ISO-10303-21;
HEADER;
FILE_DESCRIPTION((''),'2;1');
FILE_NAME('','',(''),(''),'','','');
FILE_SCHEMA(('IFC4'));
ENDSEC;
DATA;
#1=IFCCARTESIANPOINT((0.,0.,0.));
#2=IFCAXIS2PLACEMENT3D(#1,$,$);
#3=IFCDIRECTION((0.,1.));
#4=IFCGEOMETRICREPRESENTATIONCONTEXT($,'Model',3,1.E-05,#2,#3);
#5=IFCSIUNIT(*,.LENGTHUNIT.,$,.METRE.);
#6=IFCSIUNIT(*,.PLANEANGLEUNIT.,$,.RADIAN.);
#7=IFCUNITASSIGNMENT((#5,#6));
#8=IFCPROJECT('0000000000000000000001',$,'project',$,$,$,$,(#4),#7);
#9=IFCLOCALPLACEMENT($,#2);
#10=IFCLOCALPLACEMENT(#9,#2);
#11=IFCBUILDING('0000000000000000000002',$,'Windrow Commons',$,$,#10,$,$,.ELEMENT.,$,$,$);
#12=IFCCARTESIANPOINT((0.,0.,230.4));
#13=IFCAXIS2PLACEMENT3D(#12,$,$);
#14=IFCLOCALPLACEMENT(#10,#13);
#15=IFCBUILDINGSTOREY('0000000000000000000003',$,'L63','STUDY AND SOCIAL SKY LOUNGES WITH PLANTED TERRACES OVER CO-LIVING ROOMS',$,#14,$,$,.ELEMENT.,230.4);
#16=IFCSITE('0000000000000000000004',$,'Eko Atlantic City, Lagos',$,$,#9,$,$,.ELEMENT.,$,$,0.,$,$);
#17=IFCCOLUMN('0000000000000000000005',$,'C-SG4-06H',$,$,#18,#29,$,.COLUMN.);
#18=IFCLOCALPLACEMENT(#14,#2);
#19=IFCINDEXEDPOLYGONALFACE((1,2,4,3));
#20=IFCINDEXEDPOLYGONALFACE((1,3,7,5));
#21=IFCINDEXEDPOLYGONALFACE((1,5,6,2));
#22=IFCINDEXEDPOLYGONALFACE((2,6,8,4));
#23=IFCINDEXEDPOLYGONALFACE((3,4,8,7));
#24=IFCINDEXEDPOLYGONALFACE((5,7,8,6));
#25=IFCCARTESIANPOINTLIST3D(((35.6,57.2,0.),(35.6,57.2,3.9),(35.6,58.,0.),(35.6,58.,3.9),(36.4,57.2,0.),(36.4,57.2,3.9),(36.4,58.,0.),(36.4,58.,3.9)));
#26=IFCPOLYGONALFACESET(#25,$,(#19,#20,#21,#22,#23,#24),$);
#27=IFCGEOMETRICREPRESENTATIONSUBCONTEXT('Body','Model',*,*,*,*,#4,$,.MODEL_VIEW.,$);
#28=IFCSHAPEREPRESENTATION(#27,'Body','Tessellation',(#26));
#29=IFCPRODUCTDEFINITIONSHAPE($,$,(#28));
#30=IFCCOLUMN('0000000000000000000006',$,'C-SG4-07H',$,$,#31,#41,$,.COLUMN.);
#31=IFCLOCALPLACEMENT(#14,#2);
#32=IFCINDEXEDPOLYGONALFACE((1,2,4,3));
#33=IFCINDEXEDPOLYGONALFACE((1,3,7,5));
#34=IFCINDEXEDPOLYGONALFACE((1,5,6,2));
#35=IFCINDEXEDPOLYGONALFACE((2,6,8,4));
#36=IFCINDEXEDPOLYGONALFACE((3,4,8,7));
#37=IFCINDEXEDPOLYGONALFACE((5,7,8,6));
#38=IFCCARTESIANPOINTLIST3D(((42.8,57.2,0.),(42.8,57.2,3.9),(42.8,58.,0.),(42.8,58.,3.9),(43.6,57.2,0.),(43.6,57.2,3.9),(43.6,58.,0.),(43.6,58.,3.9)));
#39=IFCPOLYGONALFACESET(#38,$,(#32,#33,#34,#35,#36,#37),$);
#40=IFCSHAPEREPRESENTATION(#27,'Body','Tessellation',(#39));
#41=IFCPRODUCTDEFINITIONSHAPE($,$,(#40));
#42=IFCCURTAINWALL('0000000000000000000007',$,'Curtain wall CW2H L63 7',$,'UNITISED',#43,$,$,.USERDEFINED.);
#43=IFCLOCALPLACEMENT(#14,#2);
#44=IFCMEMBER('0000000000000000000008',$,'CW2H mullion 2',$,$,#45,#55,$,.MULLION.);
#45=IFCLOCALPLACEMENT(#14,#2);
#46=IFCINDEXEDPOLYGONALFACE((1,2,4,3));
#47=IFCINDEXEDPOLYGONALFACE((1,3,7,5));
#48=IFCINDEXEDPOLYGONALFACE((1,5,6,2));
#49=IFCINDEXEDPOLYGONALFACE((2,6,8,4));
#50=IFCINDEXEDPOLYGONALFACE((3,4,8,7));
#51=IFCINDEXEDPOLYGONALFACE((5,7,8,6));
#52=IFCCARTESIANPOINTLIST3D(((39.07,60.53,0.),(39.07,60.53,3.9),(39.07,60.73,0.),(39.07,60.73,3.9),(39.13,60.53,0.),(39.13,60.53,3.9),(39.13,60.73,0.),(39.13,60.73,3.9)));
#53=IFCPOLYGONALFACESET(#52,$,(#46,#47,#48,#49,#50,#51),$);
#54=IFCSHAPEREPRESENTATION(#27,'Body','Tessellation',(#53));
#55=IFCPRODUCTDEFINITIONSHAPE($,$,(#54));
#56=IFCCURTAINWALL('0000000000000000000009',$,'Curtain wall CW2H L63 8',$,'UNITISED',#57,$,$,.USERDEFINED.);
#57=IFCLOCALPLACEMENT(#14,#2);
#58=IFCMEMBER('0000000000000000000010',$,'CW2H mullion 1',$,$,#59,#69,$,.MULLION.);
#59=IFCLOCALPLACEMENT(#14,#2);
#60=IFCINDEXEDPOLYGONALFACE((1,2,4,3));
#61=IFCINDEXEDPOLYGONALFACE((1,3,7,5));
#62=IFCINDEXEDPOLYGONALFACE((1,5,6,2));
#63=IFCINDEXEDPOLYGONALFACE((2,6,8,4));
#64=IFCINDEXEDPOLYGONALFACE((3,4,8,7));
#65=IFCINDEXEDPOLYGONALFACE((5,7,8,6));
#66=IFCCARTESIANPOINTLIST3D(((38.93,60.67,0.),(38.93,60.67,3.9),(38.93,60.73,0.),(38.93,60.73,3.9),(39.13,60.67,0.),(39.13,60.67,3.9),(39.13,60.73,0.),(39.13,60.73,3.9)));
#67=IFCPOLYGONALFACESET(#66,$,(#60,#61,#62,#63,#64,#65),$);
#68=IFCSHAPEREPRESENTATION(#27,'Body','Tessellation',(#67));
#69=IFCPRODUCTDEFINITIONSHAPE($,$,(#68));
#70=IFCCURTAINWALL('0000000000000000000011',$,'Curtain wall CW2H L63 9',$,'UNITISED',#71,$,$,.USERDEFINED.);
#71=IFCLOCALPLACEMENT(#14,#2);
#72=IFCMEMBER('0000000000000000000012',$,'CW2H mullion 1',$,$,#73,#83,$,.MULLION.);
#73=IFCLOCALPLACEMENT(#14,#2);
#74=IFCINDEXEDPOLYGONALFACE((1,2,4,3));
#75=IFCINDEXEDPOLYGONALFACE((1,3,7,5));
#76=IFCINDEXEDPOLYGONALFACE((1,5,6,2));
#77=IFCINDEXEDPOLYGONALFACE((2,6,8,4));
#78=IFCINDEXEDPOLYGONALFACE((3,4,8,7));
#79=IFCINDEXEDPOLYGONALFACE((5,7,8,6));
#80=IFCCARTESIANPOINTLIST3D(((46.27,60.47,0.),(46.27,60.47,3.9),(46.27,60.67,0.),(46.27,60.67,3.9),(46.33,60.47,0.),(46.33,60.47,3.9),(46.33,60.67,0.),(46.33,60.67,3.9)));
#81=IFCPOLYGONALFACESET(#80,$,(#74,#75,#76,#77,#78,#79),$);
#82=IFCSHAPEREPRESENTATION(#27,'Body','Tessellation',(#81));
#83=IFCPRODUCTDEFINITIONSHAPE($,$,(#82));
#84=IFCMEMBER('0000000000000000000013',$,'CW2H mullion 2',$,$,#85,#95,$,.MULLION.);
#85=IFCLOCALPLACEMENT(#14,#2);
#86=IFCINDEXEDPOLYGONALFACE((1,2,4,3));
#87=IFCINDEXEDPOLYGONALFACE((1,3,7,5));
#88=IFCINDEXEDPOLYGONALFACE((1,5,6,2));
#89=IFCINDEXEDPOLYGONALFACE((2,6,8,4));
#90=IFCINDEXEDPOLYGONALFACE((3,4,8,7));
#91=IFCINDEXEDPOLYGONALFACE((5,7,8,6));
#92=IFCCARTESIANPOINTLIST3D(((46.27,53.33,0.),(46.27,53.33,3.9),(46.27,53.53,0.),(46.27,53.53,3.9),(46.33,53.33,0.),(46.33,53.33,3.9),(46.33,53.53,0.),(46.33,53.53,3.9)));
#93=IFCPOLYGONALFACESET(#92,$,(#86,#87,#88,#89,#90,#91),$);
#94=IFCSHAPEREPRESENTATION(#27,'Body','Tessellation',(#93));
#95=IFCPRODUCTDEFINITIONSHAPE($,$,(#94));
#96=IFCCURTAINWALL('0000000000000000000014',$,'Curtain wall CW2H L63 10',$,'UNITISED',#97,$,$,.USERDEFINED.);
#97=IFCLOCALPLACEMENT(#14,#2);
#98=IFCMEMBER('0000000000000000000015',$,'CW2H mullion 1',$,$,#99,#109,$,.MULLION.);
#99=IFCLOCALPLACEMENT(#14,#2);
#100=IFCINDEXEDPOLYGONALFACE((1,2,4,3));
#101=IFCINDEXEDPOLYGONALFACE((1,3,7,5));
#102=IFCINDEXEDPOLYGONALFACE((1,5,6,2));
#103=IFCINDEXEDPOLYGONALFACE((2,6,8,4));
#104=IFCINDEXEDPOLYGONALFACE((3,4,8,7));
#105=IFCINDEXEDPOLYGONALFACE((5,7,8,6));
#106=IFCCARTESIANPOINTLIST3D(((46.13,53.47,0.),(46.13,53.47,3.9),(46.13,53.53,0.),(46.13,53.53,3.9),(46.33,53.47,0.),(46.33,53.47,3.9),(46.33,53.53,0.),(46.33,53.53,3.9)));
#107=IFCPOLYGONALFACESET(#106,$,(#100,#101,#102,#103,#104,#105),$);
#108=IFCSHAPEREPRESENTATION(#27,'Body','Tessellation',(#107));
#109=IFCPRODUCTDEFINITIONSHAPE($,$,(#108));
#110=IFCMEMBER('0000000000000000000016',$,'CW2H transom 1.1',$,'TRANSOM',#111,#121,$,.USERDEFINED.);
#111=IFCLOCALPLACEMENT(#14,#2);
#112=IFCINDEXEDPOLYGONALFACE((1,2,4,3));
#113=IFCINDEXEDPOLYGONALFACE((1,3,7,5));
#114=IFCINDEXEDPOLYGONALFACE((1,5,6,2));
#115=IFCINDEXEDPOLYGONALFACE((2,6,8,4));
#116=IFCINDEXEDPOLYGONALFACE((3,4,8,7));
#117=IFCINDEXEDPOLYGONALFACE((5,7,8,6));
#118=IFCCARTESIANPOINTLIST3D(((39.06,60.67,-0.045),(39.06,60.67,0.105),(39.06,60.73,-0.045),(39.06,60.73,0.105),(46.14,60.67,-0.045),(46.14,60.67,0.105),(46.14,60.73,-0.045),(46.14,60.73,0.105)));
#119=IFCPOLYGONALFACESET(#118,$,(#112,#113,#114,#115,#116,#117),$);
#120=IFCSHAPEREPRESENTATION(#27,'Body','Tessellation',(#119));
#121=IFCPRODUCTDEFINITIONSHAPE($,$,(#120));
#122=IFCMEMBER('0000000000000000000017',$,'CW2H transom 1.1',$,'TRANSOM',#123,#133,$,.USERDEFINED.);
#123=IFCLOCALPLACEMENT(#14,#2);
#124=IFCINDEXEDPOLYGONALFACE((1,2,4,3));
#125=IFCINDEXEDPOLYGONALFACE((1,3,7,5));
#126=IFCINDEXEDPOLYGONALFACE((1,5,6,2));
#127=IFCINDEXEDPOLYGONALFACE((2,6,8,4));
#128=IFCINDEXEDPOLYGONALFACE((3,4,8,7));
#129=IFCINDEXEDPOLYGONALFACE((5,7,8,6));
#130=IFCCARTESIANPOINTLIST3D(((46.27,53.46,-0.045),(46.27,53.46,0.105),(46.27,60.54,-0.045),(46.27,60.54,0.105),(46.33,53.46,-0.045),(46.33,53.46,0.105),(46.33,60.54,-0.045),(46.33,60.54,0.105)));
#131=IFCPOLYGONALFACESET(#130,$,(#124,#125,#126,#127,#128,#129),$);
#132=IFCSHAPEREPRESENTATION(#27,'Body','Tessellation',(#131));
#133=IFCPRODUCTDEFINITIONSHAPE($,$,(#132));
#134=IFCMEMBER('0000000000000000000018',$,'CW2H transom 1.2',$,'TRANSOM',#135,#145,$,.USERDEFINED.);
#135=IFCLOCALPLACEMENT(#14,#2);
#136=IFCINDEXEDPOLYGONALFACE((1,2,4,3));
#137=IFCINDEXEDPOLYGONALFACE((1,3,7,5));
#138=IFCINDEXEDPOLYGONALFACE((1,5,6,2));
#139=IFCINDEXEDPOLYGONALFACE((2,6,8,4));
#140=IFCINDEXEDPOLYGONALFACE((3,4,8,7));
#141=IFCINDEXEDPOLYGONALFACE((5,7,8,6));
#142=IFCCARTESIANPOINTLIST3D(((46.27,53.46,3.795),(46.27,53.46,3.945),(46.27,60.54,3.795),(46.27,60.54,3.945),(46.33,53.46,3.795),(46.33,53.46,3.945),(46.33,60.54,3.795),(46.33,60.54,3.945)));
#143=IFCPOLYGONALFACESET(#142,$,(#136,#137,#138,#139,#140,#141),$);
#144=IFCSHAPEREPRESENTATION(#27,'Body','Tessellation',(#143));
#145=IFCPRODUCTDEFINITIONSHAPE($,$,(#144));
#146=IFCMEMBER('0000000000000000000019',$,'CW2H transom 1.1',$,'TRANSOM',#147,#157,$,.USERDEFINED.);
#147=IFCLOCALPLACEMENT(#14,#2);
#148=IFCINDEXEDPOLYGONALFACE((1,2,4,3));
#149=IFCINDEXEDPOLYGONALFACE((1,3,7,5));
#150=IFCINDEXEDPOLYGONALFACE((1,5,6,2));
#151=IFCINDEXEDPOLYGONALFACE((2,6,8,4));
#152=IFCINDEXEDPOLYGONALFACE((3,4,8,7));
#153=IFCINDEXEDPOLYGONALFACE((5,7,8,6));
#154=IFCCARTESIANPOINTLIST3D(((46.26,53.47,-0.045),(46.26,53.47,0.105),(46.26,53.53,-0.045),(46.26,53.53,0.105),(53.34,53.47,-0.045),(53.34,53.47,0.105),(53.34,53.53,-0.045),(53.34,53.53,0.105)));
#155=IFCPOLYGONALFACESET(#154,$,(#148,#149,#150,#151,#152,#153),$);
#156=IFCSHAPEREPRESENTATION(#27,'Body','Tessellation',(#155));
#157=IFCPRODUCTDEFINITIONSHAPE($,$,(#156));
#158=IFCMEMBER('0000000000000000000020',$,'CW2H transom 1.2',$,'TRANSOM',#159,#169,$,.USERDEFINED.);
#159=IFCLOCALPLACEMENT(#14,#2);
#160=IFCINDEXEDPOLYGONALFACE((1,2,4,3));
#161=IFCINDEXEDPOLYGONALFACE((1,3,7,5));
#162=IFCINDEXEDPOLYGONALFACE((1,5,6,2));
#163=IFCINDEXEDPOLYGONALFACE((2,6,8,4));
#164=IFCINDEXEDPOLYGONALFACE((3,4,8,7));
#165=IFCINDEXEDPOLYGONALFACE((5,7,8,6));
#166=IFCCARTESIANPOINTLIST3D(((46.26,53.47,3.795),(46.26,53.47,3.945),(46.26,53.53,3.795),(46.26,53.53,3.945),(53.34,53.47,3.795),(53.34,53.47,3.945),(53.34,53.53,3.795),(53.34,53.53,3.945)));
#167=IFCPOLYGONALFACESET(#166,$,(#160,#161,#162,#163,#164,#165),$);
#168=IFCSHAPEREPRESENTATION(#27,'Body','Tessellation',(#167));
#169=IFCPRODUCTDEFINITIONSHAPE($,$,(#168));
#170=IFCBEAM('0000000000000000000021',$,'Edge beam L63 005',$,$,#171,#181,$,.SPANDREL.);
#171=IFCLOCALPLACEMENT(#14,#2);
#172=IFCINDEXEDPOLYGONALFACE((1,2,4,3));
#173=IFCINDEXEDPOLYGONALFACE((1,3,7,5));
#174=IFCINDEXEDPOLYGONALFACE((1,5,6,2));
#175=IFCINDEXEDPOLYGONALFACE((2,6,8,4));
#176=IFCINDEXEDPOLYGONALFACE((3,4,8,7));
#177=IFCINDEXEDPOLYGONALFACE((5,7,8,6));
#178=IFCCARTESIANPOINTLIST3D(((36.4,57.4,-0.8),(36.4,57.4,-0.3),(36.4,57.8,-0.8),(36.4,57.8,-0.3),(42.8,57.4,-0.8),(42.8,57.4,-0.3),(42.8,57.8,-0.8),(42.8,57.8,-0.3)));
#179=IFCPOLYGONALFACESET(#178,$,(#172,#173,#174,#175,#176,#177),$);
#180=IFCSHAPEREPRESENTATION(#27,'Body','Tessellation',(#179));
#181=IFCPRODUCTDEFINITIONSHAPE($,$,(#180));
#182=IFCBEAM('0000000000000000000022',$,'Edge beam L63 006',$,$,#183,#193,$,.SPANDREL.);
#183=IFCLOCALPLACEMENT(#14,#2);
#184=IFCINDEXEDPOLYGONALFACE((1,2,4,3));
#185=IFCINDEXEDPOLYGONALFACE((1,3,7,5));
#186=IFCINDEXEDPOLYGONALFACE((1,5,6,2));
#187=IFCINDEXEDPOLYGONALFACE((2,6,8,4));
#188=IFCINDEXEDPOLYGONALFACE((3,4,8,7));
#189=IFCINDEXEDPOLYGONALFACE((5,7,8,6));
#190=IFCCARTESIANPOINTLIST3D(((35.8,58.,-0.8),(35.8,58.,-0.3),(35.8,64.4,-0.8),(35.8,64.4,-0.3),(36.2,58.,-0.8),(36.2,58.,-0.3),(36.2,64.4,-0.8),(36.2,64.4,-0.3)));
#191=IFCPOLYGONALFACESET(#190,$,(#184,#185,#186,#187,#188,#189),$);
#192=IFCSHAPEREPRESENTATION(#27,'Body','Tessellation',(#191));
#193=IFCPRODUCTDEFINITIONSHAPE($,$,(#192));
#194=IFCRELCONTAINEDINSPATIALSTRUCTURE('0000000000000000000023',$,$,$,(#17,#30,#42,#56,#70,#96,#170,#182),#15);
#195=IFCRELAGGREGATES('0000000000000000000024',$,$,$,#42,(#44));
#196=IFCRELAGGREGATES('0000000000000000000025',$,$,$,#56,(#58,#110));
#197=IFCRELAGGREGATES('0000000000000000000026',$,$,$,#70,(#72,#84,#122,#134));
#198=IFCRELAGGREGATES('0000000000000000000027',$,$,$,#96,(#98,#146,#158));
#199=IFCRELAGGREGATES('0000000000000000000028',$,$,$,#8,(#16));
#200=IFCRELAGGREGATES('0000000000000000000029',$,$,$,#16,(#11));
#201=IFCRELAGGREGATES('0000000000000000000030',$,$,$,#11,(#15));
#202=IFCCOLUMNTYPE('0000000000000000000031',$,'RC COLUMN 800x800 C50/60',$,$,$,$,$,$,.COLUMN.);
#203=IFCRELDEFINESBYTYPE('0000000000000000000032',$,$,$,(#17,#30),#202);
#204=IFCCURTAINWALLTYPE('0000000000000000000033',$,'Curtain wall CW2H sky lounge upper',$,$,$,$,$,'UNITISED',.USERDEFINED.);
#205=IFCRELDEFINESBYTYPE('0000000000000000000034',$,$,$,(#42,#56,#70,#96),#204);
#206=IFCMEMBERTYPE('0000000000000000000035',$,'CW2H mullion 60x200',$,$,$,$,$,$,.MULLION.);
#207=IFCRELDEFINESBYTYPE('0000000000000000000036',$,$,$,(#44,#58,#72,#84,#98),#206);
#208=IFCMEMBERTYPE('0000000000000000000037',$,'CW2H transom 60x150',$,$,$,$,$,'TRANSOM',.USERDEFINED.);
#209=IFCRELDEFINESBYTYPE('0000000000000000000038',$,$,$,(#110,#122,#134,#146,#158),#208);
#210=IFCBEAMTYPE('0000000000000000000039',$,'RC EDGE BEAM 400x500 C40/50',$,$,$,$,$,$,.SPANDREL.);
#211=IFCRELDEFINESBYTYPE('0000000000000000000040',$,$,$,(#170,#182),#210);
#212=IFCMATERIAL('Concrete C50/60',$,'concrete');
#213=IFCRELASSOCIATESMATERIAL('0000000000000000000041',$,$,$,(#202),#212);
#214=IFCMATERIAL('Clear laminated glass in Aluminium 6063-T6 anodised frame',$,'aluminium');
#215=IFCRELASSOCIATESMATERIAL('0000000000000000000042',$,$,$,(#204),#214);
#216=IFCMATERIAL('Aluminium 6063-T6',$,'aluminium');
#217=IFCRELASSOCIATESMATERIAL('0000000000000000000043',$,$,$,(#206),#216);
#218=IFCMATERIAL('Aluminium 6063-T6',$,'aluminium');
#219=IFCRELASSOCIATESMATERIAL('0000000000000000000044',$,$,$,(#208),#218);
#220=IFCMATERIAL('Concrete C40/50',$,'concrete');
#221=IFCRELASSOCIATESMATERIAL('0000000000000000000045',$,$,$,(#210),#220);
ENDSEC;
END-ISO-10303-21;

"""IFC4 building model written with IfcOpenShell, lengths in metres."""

from ifc_helpers import new_model, si_unit, direction, frame, origin, origin_2d, place, context, subcontext, project, spatial, rectangle, extrude, material, material_profile, profile_set, type_object, element, aggregate, save


model = new_model("IFC4")

# Units and contexts
model_context = context("Model", 3, precision=1e-05, world=origin(), true_north=direction((0.0, 1.0)))
body_context = subcontext(model_context, "Body", "Model", "MODEL_VIEW")
ifc_project = project(units=[si_unit("LENGTHUNIT", "METRE"), si_unit("PLANEANGLEUNIT", "RADIAN")], contexts=[model_context])

# Site, building, storey
site_placement = place(None, origin())
site = spatial("IfcSite", under=ifc_project, at=site_placement, Name="Eko Atlantic City, Lagos", CompositionType="ELEMENT", RefElevation=0.0)
building_placement = place(site_placement, origin())
building = spatial("IfcBuilding", under=site, at=building_placement, Name="Windrow Commons", CompositionType="ELEMENT")
storey_placement = place(building_placement, frame((0.0, 0.0, 230.4)))
storey = spatial("IfcBuildingStorey", under=building, at=storey_placement, Name="L63", Description="STUDY AND SOCIAL SKY LOUNGES WITH PLANTED TERRACES OVER CO-LIVING ROOMS", CompositionType="ELEMENT", Elevation=230.4)

# Columns
ifc_material_1 = material(Name="Concrete C50/60", Category="concrete")
ifc_material_profile_1 = material_profile(ifc_material_1, rectangle(XDim=0.8, YDim=0.8, at=origin_2d()))
ifc_profile_set_1 = profile_set([ifc_material_profile_1], Name="Concrete C50/60")
column_type = type_object("IfcColumnType", Name="RC COLUMN 800x800 C50/60", PredefinedType="COLUMN", material=ifc_profile_set_1)
for number, where, z_axis, x_axis, name in (
    (1, (36.0, 57.6, 0.0), (0.0, 0.0, 1.0), (1.0, 0.0, 0.0), "C-SG4-06H"),
    (2, (43.2, 57.6, 0.0), (0.0, 0.0, 1.0), (1.0, 0.0, 0.0), "C-SG4-07H"),
):
    element("IfcColumn", number, at=place(storey_placement, frame(where, z_axis=z_axis, x_axis=x_axis)), inside=storey, type_object=column_type, Name=name, PredefinedType="COLUMN", context=body_context, shape_type="SweptSolid", body=[
        extrude(rectangle(XDim=0.8, YDim=0.8, at=origin_2d()), origin(), (0.0, 0.0, 1.0), 3.9),
    ])

# Curtain walls, members
ifc_material_2 = material(Name="Clear laminated glass in Aluminium 6063-T6 anodised frame", Category="aluminium")
curtain_wall_type = type_object("IfcCurtainWallType", Name="Curtain wall CW2H sky lounge upper", ElementType="UNITISED", PredefinedType="USERDEFINED", material=ifc_material_2)
placement = place(storey_placement, origin())
curtain_wall_1 = element("IfcCurtainWall", 3, at=placement, inside=storey, type_object=curtain_wall_type, Name="Curtain wall CW2H L63 7", ObjectType="UNITISED", PredefinedType="USERDEFINED")
ifc_material_3 = material(Name="Aluminium 6063-T6", Category="aluminium")
ifc_material_profile_2 = material_profile(ifc_material_3, rectangle(XDim=0.06, YDim=0.2, at=origin_2d()))
ifc_profile_set_2 = profile_set([ifc_material_profile_2], Name="Aluminium 6063-T6")
member_type_1 = type_object("IfcMemberType", Name="CW2H mullion 60x200", PredefinedType="MULLION", material=ifc_profile_set_2)
member_1_placement = place(storey_placement, frame((39.1, 60.63, 0.0), z_axis=(0.0, 0.0, 1.0), x_axis=(1.0, 0.0, 0.0)))
member_1 = element("IfcMember", 4, at=member_1_placement, type_object=member_type_1, Name="CW2H mullion 2", PredefinedType="MULLION", context=body_context, shape_type="SweptSolid", body=[
    extrude(rectangle(XDim=0.06, YDim=0.2, at=origin_2d()), origin(), (0.0, 0.0, 1.0), 3.9),
])
aggregate(curtain_wall_1, [member_1])
curtain_wall_2 = element("IfcCurtainWall", 5, at=placement, inside=storey, type_object=curtain_wall_type, Name="Curtain wall CW2H L63 8", ObjectType="UNITISED", PredefinedType="USERDEFINED")
member_2_placement = place(storey_placement, frame((39.03, 60.7, 0.0), z_axis=(0.0, 0.0, 1.0), x_axis=(0.0, 1.0, 0.0)))
member_2 = element("IfcMember", 6, at=member_2_placement, type_object=member_type_1, Name="CW2H mullion 1", PredefinedType="MULLION", context=body_context, shape_type="SweptSolid", body=[
    extrude(rectangle(XDim=0.06, YDim=0.2, at=origin_2d()), origin(), (0.0, 0.0, 1.0), 3.9),
])

# Curtain wall, members
curtain_wall_3 = element("IfcCurtainWall", 7, at=placement, inside=storey, type_object=curtain_wall_type, Name="Curtain wall CW2H L63 9", ObjectType="UNITISED", PredefinedType="USERDEFINED")
member_3_placement = place(storey_placement, frame((46.3, 60.57, 0.0), z_axis=(0.0, 0.0, 1.0), x_axis=(1.0, 0.0, 0.0)))
member_3 = element("IfcMember", 8, at=member_3_placement, type_object=member_type_1, Name="CW2H mullion 1", PredefinedType="MULLION", context=body_context, shape_type="SweptSolid", body=[
    extrude(rectangle(XDim=0.06, YDim=0.2, at=origin_2d()), origin(), (0.0, 0.0, 1.0), 3.9),
])
member_4_placement = place(storey_placement, frame((46.3, 53.43, 0.0), z_axis=(0.0, 0.0, 1.0), x_axis=(1.0, 0.0, 0.0)))
member_4 = element("IfcMember", 9, at=member_4_placement, type_object=member_type_1, Name="CW2H mullion 2", PredefinedType="MULLION", context=body_context, shape_type="SweptSolid", body=[
    extrude(rectangle(XDim=0.06, YDim=0.2, at=origin_2d()), origin(), (0.0, 0.0, 1.0), 3.9),
])

# Curtain wall, member
curtain_wall_4 = element("IfcCurtainWall", 10, at=placement, inside=storey, type_object=curtain_wall_type, Name="Curtain wall CW2H L63 10", ObjectType="UNITISED", PredefinedType="USERDEFINED")
member_5_placement = place(storey_placement, frame((46.23, 53.5, 0.0), z_axis=(0.0, 0.0, 1.0), x_axis=(0.0, 1.0, 0.0)))
member_5 = element("IfcMember", 11, at=member_5_placement, type_object=member_type_1, Name="CW2H mullion 1", PredefinedType="MULLION", context=body_context, shape_type="SweptSolid", body=[
    extrude(rectangle(XDim=0.06, YDim=0.2, at=origin_2d()), origin(), (0.0, 0.0, 1.0), 3.9),
])

# Members
ifc_material_4 = material(Name="Aluminium 6063-T6", Category="aluminium")
ifc_material_profile_3 = material_profile(ifc_material_4, rectangle(XDim=0.06, YDim=0.15, at=origin_2d()))
ifc_profile_set_3 = profile_set([ifc_material_profile_3], Name="Aluminium 6063-T6")
member_type_2 = type_object("IfcMemberType", Name="CW2H transom 60x150", ElementType="TRANSOM", PredefinedType="USERDEFINED", material=ifc_profile_set_3)
member_6_placement = place(storey_placement, frame((39.06, 60.7, 0.03), z_axis=(1.0, 0.0, 0.0), x_axis=(0.0, 1.0, 0.0)))
member_6 = element("IfcMember", 12, at=member_6_placement, type_object=member_type_2, Name="CW2H transom 1.1", ObjectType="TRANSOM", PredefinedType="USERDEFINED", context=body_context, shape_type="SweptSolid", body=[
    extrude(rectangle(XDim=0.06, YDim=0.15, at=origin_2d()), origin(), (0.0, 0.0, 1.0), 7.08),
])
aggregate(curtain_wall_2, [member_2, member_6])
member_7_placement = place(storey_placement, frame((46.3, 60.54, 0.03), z_axis=(0.0, -1.0, 0.0), x_axis=(1.0, 0.0, 0.0)))
member_7 = element("IfcMember", 13, at=member_7_placement, type_object=member_type_2, Name="CW2H transom 1.1", ObjectType="TRANSOM", PredefinedType="USERDEFINED", context=body_context, shape_type="SweptSolid", body=[
    extrude(rectangle(XDim=0.06, YDim=0.15, at=origin_2d()), origin(), (0.0, 0.0, 1.0), 7.08),
])
member_8_placement = place(storey_placement, frame((46.3, 60.54, 3.87), z_axis=(0.0, -1.0, 0.0), x_axis=(1.0, 0.0, 0.0)))
member_8 = element("IfcMember", 14, at=member_8_placement, type_object=member_type_2, Name="CW2H transom 1.2", ObjectType="TRANSOM", PredefinedType="USERDEFINED", context=body_context, shape_type="SweptSolid", body=[
    extrude(rectangle(XDim=0.06, YDim=0.15, at=origin_2d()), origin(), (0.0, 0.0, 1.0), 7.08),
])
member_9_placement = place(storey_placement, frame((46.26, 53.5, 0.03), z_axis=(1.0, 0.0, 0.0), x_axis=(0.0, 1.0, 0.0)))
member_9 = element("IfcMember", 15, at=member_9_placement, type_object=member_type_2, Name="CW2H transom 1.1", ObjectType="TRANSOM", PredefinedType="USERDEFINED", context=body_context, shape_type="SweptSolid", body=[
    extrude(rectangle(XDim=0.06, YDim=0.15, at=origin_2d()), origin(), (0.0, 0.0, 1.0), 7.08),
])
member_10_placement = place(storey_placement, frame((46.26, 53.5, 3.87), z_axis=(1.0, 0.0, 0.0), x_axis=(0.0, 1.0, 0.0)))
member_10 = element("IfcMember", 16, at=member_10_placement, type_object=member_type_2, Name="CW2H transom 1.2", ObjectType="TRANSOM", PredefinedType="USERDEFINED", context=body_context, shape_type="SweptSolid", body=[
    extrude(rectangle(XDim=0.06, YDim=0.15, at=origin_2d()), origin(), (0.0, 0.0, 1.0), 7.08),
])

# Beams
ifc_material_5 = material(Name="Concrete C40/50", Category="concrete")
ifc_material_profile_4 = material_profile(ifc_material_5, rectangle(XDim=0.4, YDim=0.5, at=origin_2d()))
ifc_profile_set_4 = profile_set([ifc_material_profile_4], Name="Concrete C40/50")
beam_type = type_object("IfcBeamType", Name="RC EDGE BEAM 400x500 C40/50", PredefinedType="SPANDREL", material=ifc_profile_set_4)
for number, where, z_axis, x_axis, name in (
    (17, (42.8, 57.6, -0.55), (-1.0, 0.0, 0.0), (0.0, -1.0, 0.0), "Edge beam L63 005"),
    (18, (36.0, 58.0, -0.55), (0.0, 1.0, 0.0), (-1.0, 0.0, 0.0), "Edge beam L63 006"),
):
    element("IfcBeam", number, at=place(storey_placement, frame(where, z_axis=z_axis, x_axis=x_axis)), inside=storey, type_object=beam_type, Name=name, PredefinedType="SPANDREL", context=body_context, shape_type="SweptSolid", body=[
        extrude(rectangle(XDim=0.4, YDim=0.5, at=origin_2d()), origin(), (0.0, 0.0, 1.0), 6.4),
    ])

aggregate(curtain_wall_3, [member_3, member_4, member_7, member_8])
aggregate(curtain_wall_4, [member_5, member_9, member_10])

save(model, "model.ifc")
